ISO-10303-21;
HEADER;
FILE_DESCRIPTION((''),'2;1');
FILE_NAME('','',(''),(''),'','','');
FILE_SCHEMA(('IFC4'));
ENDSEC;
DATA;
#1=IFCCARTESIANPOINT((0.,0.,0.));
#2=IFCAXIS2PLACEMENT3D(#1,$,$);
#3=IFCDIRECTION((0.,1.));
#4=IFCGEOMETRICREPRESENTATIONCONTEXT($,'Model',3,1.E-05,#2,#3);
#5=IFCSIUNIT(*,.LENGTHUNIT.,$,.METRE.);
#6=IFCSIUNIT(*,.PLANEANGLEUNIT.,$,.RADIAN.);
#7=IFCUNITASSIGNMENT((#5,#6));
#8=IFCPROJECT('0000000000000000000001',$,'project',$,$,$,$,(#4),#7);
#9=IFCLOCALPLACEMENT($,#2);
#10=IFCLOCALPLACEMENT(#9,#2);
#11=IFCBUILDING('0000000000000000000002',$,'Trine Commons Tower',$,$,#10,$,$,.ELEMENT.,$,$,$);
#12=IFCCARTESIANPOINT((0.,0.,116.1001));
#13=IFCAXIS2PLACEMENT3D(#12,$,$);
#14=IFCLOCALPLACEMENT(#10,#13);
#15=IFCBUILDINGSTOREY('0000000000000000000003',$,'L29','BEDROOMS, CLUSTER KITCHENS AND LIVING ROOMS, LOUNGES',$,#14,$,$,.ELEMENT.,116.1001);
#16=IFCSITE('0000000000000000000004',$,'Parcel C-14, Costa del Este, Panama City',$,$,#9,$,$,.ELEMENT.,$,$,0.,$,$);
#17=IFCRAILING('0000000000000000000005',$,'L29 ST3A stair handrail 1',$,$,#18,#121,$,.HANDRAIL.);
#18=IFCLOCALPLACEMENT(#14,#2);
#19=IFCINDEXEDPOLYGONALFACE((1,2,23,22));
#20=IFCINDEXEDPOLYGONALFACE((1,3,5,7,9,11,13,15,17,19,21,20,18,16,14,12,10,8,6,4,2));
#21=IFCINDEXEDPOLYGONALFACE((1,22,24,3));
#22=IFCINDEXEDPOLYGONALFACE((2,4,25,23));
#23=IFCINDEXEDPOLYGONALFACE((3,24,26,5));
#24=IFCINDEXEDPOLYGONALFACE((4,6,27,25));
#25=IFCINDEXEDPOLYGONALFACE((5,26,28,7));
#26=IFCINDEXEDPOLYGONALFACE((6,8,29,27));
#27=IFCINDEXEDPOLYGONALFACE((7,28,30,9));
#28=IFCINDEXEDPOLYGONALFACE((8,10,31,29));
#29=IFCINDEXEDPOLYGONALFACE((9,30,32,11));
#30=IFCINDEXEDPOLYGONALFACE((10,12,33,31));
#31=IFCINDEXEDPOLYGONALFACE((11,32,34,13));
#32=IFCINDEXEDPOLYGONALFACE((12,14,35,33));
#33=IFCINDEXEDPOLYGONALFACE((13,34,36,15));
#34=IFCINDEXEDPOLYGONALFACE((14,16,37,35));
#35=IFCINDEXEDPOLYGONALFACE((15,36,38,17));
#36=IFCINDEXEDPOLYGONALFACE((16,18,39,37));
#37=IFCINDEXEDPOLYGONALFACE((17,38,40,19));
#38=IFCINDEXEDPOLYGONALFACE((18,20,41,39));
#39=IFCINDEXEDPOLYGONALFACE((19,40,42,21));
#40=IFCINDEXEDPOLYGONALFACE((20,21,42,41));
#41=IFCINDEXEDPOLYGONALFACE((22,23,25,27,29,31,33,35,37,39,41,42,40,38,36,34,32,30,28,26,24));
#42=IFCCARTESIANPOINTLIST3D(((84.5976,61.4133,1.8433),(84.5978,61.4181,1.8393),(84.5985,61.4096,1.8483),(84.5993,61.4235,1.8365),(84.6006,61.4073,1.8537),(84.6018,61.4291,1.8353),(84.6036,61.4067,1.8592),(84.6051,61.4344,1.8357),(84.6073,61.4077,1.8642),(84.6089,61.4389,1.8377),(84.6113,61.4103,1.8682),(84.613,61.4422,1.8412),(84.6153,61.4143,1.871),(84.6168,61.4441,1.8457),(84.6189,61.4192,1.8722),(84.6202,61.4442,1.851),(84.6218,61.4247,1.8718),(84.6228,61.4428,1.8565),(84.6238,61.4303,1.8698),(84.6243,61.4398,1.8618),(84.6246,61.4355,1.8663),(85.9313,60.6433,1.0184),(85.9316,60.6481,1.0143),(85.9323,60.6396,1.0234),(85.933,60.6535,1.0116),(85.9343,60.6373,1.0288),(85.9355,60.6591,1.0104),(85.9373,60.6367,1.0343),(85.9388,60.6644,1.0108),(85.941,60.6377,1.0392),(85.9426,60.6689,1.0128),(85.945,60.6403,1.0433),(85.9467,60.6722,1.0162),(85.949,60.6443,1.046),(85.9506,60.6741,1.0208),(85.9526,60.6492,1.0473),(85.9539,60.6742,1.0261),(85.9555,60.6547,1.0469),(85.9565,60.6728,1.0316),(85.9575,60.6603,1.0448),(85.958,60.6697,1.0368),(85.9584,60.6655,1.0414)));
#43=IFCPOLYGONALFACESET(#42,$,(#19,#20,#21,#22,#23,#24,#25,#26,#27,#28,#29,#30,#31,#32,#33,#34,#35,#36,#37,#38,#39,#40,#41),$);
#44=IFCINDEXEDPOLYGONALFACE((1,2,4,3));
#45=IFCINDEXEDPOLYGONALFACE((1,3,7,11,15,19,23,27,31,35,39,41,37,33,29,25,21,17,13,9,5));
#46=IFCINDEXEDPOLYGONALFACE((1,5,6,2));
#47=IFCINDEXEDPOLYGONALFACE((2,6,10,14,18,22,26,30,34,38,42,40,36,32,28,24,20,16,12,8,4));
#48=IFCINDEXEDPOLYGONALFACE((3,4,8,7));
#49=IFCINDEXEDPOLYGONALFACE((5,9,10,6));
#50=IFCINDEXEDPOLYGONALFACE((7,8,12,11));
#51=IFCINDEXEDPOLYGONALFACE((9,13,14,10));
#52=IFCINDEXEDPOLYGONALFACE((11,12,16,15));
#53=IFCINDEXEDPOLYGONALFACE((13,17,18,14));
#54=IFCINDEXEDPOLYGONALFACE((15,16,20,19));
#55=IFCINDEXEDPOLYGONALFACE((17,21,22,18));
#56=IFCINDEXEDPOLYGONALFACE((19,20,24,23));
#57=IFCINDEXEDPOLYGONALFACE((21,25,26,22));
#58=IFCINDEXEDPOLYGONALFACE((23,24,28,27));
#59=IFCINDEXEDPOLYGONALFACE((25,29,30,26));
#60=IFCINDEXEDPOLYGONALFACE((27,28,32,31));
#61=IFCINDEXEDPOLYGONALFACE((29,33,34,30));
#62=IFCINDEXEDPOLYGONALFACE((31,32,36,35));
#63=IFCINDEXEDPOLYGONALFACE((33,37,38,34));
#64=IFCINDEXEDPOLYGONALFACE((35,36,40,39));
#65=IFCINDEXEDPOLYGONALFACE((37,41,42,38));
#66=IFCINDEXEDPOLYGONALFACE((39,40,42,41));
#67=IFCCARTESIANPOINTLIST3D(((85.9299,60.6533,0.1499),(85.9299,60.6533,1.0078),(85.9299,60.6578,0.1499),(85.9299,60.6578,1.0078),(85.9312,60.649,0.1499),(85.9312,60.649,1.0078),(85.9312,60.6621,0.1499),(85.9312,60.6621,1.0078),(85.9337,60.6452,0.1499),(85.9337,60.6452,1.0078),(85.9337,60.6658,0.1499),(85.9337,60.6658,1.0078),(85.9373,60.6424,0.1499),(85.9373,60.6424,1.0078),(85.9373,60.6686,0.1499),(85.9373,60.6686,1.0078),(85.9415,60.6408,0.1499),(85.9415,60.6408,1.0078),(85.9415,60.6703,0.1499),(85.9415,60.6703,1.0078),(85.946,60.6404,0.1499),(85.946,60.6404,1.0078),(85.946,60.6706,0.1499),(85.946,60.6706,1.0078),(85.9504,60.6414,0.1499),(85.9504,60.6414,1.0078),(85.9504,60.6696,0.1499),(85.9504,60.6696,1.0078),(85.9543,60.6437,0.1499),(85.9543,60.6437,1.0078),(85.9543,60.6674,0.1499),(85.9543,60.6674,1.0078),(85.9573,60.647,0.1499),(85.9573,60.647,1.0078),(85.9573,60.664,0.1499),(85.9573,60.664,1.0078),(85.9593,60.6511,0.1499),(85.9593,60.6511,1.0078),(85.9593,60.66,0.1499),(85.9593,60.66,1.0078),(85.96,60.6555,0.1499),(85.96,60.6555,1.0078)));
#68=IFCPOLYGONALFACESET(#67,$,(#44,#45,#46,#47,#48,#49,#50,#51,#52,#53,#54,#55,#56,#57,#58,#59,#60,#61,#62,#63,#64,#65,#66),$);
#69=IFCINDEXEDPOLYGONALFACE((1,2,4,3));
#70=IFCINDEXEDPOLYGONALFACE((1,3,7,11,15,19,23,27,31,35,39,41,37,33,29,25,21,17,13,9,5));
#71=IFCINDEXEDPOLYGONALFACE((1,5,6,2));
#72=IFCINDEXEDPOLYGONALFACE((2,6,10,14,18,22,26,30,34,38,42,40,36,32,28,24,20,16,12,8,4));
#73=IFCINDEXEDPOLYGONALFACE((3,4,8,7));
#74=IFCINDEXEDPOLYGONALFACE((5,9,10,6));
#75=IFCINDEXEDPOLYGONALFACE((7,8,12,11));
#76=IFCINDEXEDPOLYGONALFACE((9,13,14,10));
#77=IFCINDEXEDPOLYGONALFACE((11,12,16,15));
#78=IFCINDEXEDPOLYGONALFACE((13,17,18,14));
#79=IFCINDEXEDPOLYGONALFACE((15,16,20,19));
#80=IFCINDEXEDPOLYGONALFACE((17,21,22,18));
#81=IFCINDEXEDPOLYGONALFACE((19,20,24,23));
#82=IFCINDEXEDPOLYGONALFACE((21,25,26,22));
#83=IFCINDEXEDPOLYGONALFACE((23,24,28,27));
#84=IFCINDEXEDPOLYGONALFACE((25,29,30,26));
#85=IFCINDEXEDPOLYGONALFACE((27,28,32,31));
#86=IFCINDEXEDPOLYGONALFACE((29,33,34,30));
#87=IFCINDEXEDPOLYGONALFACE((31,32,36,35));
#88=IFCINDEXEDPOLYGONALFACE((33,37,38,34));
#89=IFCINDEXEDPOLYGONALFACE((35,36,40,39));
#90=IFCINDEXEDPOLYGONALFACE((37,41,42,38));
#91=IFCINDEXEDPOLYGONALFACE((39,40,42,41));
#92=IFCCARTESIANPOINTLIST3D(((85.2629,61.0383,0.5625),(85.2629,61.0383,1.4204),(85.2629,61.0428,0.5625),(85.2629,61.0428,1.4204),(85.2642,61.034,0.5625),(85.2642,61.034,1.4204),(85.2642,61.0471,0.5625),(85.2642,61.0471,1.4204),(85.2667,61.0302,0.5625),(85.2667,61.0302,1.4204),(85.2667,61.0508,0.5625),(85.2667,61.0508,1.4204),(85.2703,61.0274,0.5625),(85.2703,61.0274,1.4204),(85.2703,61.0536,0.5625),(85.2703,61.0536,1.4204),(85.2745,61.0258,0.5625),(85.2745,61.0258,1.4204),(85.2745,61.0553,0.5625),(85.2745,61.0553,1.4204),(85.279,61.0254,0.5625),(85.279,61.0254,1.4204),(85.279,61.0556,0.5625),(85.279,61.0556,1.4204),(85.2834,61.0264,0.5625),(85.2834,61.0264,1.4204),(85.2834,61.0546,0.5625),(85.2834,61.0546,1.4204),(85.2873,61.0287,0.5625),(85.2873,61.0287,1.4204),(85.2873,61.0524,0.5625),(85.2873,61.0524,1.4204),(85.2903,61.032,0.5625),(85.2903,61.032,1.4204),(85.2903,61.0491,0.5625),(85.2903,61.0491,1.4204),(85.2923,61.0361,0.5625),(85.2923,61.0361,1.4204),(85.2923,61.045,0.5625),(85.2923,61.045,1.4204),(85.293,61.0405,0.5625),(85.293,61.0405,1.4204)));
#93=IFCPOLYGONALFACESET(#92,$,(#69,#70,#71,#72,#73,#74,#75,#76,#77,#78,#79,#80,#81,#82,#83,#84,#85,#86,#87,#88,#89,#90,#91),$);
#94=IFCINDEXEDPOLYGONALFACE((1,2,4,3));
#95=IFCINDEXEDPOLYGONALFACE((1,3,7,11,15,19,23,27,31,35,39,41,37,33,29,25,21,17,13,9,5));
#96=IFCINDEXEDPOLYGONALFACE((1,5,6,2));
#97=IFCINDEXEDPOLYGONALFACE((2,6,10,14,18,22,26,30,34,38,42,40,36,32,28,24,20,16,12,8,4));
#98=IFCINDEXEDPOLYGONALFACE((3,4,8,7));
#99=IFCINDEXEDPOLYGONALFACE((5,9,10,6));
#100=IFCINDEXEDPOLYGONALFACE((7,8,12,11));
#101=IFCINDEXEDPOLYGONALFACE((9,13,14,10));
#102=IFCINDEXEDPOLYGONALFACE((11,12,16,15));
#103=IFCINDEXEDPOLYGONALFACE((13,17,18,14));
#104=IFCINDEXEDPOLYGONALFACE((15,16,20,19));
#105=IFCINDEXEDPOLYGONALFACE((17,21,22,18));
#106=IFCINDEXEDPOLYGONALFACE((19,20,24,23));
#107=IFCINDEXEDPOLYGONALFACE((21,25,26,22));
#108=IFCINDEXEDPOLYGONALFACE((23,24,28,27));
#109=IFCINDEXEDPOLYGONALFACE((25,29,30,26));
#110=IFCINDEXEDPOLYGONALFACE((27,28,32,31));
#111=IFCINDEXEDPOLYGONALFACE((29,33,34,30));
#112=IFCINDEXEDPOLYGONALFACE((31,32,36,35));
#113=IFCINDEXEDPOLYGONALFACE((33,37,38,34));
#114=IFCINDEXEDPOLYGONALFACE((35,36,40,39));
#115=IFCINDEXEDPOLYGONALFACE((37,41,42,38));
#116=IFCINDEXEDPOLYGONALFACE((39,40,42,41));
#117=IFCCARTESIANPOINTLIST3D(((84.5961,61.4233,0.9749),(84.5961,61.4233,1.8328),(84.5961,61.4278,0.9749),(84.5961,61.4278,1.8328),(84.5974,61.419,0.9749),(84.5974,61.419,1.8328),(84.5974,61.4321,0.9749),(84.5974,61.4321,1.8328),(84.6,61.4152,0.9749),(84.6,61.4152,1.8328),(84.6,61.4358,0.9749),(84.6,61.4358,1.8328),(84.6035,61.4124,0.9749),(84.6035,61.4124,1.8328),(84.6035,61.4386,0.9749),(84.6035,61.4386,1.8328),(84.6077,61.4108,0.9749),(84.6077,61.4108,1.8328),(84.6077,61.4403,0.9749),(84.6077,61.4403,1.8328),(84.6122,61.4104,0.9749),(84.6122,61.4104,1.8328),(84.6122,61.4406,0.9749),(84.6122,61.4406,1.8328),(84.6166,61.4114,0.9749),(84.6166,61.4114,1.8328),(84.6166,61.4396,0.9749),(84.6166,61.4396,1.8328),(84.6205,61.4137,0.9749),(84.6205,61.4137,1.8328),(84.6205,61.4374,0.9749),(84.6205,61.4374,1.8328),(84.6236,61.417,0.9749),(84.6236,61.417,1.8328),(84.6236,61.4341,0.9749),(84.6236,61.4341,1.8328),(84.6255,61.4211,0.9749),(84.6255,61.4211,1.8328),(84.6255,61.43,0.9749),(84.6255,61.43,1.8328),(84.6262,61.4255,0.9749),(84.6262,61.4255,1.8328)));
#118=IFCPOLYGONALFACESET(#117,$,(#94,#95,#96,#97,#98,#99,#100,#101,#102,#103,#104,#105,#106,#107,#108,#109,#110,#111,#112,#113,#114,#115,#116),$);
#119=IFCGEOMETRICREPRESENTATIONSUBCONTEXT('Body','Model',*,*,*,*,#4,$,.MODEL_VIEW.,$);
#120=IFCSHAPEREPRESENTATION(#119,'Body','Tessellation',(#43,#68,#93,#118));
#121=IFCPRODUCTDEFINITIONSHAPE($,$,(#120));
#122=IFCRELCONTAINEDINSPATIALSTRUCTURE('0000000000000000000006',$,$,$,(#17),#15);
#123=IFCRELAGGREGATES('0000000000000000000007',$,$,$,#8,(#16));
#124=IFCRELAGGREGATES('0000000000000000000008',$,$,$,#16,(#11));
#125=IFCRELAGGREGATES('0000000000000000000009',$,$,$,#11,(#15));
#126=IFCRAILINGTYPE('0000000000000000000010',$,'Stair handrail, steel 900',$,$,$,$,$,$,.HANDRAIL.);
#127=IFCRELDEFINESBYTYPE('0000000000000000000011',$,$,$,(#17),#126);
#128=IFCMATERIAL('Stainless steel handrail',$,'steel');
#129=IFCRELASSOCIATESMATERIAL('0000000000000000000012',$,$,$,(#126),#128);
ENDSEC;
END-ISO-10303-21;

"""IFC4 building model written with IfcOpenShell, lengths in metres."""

from ifc_helpers import new_model, si_unit, direction, frame, origin, origin_2d, place, context, subcontext, project, spatial, circle, extrude, material, type_object, element, save


model = new_model("IFC4")

# Units and contexts
model_context = context("Model", 3, precision=1e-05, world=origin(), true_north=direction((0.0, 1.0)))
body_context = subcontext(model_context, "Body", "Model", "MODEL_VIEW")
ifc_project = project(units=[si_unit("LENGTHUNIT", "METRE"), si_unit("PLANEANGLEUNIT", "RADIAN")], contexts=[model_context])

# Site, building, storey
site_placement = place(None, origin())
site = spatial("IfcSite", under=ifc_project, at=site_placement, Name="Parcel C-14, Costa del Este, Panama City", CompositionType="ELEMENT", RefElevation=0.0)
building_placement = place(site_placement, origin())
building = spatial("IfcBuilding", under=site, at=building_placement, Name="Trine Commons Tower", CompositionType="ELEMENT")
storey_placement = place(building_placement, frame((0.0, 0.0, 116.1001)))
storey = spatial("IfcBuildingStorey", under=building, at=storey_placement, Name="L29", Description="BEDROOMS, CLUSTER KITCHENS AND LIVING ROOMS, LOUNGES", CompositionType="ELEMENT", Elevation=116.1001)

# Railing
ifc_material_1 = material(Name="Stainless steel handrail", Category="steel")
railing_type = type_object("IfcRailingType", Name="Stair handrail, steel 900", PredefinedType="HANDRAIL", material=ifc_material_1)
railing_placement = place(storey_placement, frame((85.9448, 60.6555, 0.1499)))
element("IfcRailing", 1, at=railing_placement, inside=storey, type_object=railing_type, Name="L29 ST3A stair handrail 1", PredefinedType="HANDRAIL", context=body_context, shape_type="SweptSolid", body=[
    extrude(circle(Radius=0.021, at=origin_2d()), frame((0.0, 0.0, 0.8789), z_axis=(-0.763405, 0.440743, 0.472185), x_axis=(-0.499992, -0.86603, 0.0)), (0.0, 0.0, 1.0), 1.7471),
    extrude(circle(Radius=0.0151, at=origin_2d()), origin(), (0.0, 0.0, 1.0), 0.8579),
    extrude(circle(Radius=0.0151, at=origin_2d()), frame((-0.667, 0.385, 0.4126)), (0.0, 0.0, 1.0), 0.8579),
    extrude(circle(Radius=0.0151, at=origin_2d()), frame((-1.3337, 0.77, 0.825)), (0.0, 0.0, 1.0), 0.8579),
])

save(model, "model.ifc")
